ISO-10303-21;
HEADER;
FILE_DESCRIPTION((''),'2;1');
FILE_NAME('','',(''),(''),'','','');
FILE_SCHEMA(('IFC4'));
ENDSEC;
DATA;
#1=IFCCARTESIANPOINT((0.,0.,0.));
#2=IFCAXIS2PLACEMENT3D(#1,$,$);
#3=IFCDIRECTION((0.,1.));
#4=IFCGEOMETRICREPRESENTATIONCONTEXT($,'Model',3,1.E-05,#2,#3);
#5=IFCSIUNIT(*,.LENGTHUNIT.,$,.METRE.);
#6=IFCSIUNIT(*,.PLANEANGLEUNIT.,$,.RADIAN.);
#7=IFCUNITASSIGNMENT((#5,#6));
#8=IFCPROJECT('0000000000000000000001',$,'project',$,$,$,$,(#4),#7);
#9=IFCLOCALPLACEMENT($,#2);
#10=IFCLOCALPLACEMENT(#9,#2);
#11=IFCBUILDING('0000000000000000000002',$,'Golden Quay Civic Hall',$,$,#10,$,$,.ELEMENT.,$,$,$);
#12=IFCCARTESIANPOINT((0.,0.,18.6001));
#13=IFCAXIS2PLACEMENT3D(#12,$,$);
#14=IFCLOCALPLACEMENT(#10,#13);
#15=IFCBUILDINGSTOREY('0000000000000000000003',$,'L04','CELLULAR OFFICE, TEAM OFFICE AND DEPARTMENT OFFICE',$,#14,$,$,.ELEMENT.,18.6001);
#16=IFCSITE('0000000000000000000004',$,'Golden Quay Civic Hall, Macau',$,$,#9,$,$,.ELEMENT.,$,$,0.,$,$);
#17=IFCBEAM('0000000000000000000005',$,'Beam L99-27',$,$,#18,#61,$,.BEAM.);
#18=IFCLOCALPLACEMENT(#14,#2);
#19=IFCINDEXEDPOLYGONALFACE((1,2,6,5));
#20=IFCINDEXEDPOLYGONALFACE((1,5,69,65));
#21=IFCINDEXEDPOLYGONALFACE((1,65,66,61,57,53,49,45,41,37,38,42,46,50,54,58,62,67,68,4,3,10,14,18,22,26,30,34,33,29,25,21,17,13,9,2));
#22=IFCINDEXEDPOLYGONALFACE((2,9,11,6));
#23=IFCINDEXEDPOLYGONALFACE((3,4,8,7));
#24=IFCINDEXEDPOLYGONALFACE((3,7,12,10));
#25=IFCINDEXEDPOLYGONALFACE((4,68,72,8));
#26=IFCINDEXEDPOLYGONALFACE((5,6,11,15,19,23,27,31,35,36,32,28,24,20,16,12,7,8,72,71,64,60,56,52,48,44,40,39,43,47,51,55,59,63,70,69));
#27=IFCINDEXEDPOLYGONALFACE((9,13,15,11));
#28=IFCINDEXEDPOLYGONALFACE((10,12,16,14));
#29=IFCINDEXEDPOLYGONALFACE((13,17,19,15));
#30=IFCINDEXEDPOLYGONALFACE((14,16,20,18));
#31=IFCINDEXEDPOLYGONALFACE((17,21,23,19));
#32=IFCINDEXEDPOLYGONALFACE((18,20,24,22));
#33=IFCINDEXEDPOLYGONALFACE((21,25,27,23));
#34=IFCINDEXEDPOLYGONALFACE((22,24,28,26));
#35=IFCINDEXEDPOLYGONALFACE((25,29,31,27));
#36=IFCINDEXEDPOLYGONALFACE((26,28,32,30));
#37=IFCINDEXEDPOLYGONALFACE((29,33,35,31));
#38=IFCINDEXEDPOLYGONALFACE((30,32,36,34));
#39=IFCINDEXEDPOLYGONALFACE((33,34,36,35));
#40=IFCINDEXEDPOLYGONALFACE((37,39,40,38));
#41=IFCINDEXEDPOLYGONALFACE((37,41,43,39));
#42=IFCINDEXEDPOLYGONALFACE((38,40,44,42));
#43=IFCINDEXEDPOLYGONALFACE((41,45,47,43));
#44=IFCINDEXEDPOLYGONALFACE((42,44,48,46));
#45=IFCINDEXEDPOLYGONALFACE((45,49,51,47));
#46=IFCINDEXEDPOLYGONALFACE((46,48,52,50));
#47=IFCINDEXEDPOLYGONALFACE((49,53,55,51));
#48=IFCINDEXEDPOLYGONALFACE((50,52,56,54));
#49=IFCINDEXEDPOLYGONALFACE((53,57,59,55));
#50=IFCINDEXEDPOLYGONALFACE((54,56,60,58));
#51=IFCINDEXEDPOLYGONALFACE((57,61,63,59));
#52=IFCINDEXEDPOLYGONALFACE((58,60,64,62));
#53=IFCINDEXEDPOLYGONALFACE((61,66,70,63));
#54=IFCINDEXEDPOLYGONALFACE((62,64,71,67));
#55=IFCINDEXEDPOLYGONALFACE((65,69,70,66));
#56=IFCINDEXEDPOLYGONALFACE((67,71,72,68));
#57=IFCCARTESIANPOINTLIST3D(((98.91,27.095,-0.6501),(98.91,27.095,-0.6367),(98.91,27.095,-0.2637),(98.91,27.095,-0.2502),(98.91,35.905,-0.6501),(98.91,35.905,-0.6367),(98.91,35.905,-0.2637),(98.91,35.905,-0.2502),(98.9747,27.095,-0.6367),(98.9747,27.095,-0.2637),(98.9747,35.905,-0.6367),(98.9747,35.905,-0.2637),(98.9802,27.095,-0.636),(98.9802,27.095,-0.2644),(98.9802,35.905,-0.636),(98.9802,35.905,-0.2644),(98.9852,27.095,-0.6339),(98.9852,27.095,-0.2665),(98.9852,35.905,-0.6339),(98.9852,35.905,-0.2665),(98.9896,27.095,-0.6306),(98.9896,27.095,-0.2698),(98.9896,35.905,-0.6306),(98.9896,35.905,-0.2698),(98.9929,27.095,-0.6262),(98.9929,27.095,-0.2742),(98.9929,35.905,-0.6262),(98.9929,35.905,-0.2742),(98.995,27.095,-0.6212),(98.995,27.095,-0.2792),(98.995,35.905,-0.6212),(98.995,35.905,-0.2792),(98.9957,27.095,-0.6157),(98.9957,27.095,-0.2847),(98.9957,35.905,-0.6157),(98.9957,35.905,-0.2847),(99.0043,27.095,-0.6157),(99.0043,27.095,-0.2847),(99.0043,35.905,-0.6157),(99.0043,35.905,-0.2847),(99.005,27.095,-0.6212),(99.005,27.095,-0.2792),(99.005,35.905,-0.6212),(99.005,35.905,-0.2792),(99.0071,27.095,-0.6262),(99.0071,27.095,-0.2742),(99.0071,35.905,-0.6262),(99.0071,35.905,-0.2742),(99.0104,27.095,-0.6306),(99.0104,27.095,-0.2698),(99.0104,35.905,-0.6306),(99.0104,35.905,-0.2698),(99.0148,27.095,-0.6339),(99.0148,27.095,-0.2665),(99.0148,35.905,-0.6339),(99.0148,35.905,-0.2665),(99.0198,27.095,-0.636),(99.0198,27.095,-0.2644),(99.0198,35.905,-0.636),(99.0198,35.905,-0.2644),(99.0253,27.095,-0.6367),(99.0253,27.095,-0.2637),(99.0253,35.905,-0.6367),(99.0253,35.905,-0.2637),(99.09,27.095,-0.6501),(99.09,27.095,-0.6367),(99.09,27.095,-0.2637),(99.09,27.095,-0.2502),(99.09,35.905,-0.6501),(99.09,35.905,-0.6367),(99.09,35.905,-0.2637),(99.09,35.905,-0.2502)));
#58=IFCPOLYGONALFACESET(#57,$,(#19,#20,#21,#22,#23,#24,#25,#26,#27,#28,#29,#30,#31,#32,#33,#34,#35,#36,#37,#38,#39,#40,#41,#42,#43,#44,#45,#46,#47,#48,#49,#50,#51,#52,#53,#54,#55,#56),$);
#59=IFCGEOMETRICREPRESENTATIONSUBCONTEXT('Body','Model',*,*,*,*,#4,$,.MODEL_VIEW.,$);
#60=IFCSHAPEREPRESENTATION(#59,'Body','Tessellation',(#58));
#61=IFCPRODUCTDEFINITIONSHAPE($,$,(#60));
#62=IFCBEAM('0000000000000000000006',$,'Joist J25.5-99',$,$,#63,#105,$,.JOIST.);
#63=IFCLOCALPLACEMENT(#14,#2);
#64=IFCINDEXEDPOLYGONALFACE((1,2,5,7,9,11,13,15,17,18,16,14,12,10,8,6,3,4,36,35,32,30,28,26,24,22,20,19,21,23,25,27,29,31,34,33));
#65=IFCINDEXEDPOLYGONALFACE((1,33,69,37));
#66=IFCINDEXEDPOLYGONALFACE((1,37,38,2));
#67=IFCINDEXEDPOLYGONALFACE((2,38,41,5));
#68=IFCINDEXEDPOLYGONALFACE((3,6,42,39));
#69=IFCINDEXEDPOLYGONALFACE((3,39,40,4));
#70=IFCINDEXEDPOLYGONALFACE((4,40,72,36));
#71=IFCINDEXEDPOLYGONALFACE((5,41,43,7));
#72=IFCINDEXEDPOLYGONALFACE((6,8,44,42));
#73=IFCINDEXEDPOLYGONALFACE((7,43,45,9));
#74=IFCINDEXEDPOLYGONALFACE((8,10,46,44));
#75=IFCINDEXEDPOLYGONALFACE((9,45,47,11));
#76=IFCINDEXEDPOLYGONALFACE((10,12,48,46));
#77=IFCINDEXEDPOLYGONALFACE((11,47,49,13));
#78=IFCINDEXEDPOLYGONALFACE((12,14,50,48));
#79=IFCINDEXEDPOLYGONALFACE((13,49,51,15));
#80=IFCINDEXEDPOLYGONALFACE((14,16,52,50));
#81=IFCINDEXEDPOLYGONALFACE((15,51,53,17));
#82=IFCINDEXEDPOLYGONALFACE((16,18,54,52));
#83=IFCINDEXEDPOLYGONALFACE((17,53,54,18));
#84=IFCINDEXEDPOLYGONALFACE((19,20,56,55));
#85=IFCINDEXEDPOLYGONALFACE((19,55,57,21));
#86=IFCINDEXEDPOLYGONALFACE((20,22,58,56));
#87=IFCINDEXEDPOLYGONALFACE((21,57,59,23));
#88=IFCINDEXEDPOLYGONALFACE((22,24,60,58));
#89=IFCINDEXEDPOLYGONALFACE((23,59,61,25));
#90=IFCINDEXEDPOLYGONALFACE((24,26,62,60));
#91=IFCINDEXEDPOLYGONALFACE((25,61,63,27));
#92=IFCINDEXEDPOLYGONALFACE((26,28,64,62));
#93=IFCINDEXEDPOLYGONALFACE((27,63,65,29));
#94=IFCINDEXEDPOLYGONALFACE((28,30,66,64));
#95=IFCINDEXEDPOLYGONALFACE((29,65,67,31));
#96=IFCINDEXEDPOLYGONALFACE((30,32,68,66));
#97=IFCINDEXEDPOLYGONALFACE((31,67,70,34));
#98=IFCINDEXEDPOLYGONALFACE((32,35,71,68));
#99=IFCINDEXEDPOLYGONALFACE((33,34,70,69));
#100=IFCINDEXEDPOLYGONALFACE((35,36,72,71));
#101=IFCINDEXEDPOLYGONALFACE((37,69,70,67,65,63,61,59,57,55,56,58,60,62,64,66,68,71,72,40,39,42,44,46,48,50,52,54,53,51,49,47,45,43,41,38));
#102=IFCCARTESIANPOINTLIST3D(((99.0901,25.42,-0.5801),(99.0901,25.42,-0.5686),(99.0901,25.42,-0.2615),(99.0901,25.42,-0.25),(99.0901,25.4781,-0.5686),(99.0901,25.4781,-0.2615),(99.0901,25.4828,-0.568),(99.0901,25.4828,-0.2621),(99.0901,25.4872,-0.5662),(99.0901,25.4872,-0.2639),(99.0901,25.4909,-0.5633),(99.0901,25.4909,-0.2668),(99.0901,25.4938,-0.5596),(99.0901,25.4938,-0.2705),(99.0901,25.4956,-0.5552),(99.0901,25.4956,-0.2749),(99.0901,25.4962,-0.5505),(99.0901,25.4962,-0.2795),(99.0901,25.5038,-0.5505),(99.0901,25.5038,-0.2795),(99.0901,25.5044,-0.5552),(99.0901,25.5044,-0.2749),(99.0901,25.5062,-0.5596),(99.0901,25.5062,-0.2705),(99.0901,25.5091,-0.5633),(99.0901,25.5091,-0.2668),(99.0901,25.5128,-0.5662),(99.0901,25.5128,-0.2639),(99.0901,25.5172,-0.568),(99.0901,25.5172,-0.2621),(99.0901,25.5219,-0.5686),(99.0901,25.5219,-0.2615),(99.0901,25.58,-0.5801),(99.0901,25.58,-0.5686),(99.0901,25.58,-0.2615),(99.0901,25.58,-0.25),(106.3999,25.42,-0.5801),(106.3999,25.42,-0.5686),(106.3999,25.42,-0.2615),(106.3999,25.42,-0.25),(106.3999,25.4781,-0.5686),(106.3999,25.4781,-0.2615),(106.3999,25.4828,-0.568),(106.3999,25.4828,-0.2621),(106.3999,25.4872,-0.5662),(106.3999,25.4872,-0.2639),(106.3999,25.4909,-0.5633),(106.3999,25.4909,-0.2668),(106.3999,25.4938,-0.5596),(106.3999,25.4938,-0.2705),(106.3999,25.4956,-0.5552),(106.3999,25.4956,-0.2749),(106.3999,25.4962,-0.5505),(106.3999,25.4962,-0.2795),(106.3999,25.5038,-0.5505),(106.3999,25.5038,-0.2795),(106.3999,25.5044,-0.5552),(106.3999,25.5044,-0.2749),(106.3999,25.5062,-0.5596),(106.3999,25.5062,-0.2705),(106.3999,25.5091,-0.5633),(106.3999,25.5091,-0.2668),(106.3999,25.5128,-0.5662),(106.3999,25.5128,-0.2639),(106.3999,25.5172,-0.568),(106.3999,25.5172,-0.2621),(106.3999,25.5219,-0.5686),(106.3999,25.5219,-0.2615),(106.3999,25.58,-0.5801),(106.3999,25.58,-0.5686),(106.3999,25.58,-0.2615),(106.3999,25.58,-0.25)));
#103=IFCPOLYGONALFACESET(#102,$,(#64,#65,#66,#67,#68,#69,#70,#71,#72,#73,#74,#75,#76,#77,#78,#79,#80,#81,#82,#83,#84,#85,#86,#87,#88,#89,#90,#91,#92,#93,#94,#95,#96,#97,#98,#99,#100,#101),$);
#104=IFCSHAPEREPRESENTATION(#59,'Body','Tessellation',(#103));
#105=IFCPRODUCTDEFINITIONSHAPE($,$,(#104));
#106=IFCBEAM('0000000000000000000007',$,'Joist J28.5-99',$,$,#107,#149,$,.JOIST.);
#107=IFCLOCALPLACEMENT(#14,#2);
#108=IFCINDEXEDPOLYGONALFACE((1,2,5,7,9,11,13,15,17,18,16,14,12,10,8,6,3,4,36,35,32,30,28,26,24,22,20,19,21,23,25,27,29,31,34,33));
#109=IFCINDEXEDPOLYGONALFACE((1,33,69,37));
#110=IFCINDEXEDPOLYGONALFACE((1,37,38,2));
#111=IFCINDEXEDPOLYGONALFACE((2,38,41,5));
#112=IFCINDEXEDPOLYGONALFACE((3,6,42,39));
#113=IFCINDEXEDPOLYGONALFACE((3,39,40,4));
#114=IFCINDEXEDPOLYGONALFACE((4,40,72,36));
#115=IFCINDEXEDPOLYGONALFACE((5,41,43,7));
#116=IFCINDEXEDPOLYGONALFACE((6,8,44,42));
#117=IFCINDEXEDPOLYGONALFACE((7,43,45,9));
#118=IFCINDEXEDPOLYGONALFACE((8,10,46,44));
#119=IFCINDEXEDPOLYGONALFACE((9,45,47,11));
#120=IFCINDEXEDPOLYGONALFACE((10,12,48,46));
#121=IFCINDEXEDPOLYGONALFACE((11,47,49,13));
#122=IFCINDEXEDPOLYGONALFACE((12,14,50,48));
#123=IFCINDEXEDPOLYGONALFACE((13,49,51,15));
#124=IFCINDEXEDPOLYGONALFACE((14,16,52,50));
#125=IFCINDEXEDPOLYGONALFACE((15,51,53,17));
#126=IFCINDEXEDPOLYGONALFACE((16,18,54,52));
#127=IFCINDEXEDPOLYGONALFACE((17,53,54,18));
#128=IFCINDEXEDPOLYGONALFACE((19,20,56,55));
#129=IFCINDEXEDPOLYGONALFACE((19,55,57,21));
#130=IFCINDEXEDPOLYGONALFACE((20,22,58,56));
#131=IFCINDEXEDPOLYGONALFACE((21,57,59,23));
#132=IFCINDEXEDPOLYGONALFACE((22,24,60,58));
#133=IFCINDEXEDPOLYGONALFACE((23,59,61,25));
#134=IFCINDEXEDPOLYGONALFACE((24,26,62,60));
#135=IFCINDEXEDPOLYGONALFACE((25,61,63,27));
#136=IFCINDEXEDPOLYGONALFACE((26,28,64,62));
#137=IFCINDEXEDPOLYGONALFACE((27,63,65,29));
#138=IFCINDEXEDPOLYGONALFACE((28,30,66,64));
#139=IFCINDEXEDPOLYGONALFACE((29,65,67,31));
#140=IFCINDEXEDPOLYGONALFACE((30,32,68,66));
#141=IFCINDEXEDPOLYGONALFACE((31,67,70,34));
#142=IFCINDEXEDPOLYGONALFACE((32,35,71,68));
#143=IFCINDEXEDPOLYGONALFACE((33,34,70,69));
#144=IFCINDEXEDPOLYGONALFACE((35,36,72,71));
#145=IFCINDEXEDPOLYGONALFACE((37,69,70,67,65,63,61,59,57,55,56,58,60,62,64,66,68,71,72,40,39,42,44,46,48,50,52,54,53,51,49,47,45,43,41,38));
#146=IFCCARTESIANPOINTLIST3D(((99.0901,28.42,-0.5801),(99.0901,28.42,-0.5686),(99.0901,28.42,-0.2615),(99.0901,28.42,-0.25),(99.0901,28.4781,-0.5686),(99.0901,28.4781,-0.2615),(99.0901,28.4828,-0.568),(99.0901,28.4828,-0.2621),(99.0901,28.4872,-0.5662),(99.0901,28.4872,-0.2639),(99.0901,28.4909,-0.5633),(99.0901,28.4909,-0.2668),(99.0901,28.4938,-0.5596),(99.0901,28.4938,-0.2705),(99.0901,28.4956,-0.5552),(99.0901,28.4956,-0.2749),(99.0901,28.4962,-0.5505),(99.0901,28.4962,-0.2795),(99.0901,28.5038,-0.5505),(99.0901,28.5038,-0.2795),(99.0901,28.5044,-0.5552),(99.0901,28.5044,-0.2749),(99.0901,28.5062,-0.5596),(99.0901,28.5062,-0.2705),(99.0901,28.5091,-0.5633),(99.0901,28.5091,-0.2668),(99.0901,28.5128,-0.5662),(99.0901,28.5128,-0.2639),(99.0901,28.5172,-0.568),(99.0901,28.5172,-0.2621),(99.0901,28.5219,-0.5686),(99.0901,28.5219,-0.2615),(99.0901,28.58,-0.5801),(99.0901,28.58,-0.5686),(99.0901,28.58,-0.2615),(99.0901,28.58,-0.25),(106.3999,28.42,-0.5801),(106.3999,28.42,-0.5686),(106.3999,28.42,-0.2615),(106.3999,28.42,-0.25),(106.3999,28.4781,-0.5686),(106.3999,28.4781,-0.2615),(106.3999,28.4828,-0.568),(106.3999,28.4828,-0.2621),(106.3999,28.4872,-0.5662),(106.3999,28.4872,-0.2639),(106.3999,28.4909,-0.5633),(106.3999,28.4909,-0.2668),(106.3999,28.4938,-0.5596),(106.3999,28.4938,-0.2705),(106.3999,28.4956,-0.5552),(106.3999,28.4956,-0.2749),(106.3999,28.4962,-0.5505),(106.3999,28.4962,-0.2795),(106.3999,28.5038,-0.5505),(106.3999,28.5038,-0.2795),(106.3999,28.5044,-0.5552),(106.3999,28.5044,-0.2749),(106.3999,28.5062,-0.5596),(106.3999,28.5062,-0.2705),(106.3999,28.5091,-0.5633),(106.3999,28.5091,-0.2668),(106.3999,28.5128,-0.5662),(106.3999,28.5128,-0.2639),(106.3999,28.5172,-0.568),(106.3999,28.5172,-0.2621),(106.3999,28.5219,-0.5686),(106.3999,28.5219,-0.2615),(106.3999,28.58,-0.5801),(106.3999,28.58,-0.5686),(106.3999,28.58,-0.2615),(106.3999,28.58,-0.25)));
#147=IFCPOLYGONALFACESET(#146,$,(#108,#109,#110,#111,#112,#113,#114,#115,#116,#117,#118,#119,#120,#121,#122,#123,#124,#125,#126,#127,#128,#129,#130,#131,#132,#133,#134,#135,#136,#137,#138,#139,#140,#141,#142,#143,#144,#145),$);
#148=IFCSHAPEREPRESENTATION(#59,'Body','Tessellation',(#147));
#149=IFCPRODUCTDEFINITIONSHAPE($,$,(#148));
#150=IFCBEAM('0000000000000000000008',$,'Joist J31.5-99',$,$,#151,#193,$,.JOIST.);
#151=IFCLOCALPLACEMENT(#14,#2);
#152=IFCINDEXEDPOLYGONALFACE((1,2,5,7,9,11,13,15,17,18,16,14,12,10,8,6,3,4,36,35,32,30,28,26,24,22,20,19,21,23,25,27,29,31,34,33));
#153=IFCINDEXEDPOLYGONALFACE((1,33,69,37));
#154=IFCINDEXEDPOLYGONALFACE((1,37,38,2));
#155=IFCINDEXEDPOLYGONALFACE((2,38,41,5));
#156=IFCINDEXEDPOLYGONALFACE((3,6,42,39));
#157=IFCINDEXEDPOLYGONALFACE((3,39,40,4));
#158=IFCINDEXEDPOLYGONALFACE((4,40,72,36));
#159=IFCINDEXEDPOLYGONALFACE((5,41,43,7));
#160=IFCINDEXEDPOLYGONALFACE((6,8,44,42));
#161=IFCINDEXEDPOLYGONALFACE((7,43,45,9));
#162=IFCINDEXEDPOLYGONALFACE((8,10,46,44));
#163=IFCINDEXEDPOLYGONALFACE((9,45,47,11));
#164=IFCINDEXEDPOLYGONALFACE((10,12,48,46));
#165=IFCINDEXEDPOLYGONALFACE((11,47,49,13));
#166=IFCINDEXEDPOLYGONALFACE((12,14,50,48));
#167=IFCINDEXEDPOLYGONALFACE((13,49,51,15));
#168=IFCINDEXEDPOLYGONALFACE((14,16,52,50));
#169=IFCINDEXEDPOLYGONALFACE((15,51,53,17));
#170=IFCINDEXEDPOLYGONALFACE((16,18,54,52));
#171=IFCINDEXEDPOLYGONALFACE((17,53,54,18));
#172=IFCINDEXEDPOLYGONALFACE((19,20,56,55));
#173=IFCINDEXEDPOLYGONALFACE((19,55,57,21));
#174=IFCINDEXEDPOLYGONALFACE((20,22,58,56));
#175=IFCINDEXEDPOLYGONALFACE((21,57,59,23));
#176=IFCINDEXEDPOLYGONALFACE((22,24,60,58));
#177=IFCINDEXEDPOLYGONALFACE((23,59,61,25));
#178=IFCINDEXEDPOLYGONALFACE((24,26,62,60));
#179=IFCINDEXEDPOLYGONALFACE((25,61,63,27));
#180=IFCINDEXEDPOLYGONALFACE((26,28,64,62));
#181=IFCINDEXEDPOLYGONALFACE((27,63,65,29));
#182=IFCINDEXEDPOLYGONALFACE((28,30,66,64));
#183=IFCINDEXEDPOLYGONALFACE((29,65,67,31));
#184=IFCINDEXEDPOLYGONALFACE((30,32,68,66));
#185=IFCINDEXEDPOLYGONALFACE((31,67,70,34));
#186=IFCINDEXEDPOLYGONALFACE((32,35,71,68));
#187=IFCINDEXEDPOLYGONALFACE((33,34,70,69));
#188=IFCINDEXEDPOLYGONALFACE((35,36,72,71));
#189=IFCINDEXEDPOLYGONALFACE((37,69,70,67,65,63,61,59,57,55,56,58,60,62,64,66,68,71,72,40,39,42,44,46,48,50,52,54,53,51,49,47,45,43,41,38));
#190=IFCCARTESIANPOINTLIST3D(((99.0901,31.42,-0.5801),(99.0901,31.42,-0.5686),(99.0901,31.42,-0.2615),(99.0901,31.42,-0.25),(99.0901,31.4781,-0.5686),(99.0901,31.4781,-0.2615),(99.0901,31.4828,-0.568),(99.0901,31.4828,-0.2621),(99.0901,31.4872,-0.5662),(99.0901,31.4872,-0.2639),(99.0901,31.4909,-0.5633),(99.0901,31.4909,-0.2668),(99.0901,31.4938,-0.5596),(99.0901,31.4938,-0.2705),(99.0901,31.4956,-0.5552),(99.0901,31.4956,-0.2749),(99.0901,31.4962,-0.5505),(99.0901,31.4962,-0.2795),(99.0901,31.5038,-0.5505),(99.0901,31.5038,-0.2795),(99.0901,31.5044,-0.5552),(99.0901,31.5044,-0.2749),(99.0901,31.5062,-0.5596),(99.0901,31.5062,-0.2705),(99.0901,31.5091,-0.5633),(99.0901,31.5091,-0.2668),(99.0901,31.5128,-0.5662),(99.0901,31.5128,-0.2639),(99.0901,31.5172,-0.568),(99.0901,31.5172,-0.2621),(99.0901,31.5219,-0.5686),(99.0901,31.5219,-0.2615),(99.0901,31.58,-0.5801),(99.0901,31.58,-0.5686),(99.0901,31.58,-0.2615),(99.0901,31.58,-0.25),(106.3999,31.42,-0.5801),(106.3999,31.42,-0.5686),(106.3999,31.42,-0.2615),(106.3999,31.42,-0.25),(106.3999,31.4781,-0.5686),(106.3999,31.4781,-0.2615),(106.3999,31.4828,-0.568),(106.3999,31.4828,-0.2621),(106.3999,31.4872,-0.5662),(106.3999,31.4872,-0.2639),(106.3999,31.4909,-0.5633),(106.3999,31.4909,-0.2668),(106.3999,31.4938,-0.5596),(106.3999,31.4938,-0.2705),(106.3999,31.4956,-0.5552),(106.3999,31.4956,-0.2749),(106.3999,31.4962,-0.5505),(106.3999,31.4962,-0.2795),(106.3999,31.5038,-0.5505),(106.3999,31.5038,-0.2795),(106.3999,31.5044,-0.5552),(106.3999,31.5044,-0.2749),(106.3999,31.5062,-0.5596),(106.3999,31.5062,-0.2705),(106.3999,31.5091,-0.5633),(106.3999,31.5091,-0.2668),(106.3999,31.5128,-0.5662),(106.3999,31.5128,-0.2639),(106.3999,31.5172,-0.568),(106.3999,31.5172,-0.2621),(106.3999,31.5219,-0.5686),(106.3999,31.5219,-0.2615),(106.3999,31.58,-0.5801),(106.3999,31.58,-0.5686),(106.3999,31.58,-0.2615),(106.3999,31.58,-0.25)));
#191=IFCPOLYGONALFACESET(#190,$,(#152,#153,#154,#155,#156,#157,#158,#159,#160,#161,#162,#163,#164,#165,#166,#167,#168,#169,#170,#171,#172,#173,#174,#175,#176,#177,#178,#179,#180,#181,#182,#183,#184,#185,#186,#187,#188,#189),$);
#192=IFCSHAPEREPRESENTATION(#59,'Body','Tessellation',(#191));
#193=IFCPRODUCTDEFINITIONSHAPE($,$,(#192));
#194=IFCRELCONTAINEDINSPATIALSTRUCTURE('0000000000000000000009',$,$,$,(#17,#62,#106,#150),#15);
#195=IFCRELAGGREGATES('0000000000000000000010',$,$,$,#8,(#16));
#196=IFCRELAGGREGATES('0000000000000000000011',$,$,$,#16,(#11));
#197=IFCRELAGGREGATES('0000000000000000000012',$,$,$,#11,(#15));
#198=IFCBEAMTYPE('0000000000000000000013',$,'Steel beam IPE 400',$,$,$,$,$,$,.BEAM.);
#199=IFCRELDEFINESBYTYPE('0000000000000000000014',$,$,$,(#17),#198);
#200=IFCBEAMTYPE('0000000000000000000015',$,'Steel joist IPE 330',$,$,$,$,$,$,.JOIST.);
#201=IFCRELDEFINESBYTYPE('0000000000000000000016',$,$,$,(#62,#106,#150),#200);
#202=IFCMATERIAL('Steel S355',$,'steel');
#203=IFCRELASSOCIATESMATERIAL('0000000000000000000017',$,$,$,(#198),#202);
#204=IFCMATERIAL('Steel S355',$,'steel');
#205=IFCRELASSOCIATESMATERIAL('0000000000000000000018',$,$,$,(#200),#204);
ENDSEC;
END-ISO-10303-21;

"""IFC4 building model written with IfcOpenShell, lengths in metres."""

from ifc_helpers import new_model, si_unit, direction, frame, origin, origin_2d, place, context, subcontext, project, spatial, i_section, extrude, material, material_profile, profile_set, type_object, element, save


model = new_model("IFC4")

# Units and contexts
model_context = context("Model", 3, precision=1e-05, world=origin(), true_north=direction((0.0, 1.0)))
body_context = subcontext(model_context, "Body", "Model", "MODEL_VIEW")
ifc_project = project(units=[si_unit("LENGTHUNIT", "METRE"), si_unit("PLANEANGLEUNIT", "RADIAN")], contexts=[model_context])

# Site, building, storey
site_placement = place(None, origin())
site = spatial("IfcSite", under=ifc_project, at=site_placement, Name="Golden Quay Civic Hall, Macau", CompositionType="ELEMENT", RefElevation=0.0)
building_placement = place(site_placement, origin())
building = spatial("IfcBuilding", under=site, at=building_placement, Name="Golden Quay Civic Hall", CompositionType="ELEMENT")
storey_placement = place(building_placement, frame((0.0, 0.0, 18.6001)))
storey = spatial("IfcBuildingStorey", under=building, at=storey_placement, Name="L04", Description="CELLULAR OFFICE, TEAM OFFICE AND DEPARTMENT OFFICE", CompositionType="ELEMENT", Elevation=18.6001)

# Beams
ifc_material_1 = material(Name="Steel S355", Category="steel")
ifc_material_profile_1 = material_profile(ifc_material_1, i_section(OverallWidth=0.1799, OverallDepth=0.3999, WebThickness=0.0085, FlangeThickness=0.0134, FilletRadius=0.021, at=origin_2d()), Name="IPE 400")
ifc_profile_set_1 = profile_set([ifc_material_profile_1], Name="Steel S355")
beam_type_1 = type_object("IfcBeamType", Name="Steel beam IPE 400", PredefinedType="BEAM", material=ifc_profile_set_1)
beam_placement = place(storey_placement, frame((99.0, 27.095, -0.4502), z_axis=(0.0, 1.0, 0.0), x_axis=(-1.0, 0.0, 0.0)))
element("IfcBeam", 1, at=beam_placement, inside=storey, type_object=beam_type_1, Name="Beam L99-27", PredefinedType="BEAM", context=body_context, shape_type="SweptSolid", body=[
    extrude(i_section(OverallWidth=0.1799, OverallDepth=0.3999, WebThickness=0.0085, FlangeThickness=0.0134, FilletRadius=0.021, at=origin_2d()), origin(), (0.0, 0.0, 1.0), 8.8101),
])
ifc_material_2 = material(Name="Steel S355", Category="steel")
ifc_material_profile_2 = material_profile(ifc_material_2, i_section(OverallWidth=0.1599, OverallDepth=0.3301, WebThickness=0.0076, FlangeThickness=0.0115, FilletRadius=0.0181, at=origin_2d()), Name="IPE 330")
ifc_profile_set_2 = profile_set([ifc_material_profile_2], Name="Steel S355")
beam_type_2 = type_object("IfcBeamType", Name="Steel joist IPE 330", PredefinedType="JOIST", material=ifc_profile_set_2)
for number, where, z_axis, x_axis, name in (
    (2, (99.0901, 25.5, -0.415), (1.0, 0.0, 0.0), (0.0, 1.0, 0.0), "Joist J25.5-99"),
    (3, (99.0901, 28.5, -0.415), (1.0, 0.0, 0.0), (0.0, 1.0, 0.0), "Joist J28.5-99"),
    (4, (99.0901, 31.5, -0.415), (1.0, 0.0, 0.0), (0.0, 1.0, 0.0), "Joist J31.5-99"),
):
    element("IfcBeam", number, at=place(storey_placement, frame(where, z_axis=z_axis, x_axis=x_axis)), inside=storey, type_object=beam_type_2, Name=name, PredefinedType="JOIST", context=body_context, shape_type="SweptSolid", body=[
        extrude(i_section(OverallWidth=0.1599, OverallDepth=0.3301, WebThickness=0.0076, FlangeThickness=0.0115, FilletRadius=0.0181, at=origin_2d()), origin(), (0.0, 0.0, 1.0), 7.3098),
    ])

save(model, "model.ifc")
